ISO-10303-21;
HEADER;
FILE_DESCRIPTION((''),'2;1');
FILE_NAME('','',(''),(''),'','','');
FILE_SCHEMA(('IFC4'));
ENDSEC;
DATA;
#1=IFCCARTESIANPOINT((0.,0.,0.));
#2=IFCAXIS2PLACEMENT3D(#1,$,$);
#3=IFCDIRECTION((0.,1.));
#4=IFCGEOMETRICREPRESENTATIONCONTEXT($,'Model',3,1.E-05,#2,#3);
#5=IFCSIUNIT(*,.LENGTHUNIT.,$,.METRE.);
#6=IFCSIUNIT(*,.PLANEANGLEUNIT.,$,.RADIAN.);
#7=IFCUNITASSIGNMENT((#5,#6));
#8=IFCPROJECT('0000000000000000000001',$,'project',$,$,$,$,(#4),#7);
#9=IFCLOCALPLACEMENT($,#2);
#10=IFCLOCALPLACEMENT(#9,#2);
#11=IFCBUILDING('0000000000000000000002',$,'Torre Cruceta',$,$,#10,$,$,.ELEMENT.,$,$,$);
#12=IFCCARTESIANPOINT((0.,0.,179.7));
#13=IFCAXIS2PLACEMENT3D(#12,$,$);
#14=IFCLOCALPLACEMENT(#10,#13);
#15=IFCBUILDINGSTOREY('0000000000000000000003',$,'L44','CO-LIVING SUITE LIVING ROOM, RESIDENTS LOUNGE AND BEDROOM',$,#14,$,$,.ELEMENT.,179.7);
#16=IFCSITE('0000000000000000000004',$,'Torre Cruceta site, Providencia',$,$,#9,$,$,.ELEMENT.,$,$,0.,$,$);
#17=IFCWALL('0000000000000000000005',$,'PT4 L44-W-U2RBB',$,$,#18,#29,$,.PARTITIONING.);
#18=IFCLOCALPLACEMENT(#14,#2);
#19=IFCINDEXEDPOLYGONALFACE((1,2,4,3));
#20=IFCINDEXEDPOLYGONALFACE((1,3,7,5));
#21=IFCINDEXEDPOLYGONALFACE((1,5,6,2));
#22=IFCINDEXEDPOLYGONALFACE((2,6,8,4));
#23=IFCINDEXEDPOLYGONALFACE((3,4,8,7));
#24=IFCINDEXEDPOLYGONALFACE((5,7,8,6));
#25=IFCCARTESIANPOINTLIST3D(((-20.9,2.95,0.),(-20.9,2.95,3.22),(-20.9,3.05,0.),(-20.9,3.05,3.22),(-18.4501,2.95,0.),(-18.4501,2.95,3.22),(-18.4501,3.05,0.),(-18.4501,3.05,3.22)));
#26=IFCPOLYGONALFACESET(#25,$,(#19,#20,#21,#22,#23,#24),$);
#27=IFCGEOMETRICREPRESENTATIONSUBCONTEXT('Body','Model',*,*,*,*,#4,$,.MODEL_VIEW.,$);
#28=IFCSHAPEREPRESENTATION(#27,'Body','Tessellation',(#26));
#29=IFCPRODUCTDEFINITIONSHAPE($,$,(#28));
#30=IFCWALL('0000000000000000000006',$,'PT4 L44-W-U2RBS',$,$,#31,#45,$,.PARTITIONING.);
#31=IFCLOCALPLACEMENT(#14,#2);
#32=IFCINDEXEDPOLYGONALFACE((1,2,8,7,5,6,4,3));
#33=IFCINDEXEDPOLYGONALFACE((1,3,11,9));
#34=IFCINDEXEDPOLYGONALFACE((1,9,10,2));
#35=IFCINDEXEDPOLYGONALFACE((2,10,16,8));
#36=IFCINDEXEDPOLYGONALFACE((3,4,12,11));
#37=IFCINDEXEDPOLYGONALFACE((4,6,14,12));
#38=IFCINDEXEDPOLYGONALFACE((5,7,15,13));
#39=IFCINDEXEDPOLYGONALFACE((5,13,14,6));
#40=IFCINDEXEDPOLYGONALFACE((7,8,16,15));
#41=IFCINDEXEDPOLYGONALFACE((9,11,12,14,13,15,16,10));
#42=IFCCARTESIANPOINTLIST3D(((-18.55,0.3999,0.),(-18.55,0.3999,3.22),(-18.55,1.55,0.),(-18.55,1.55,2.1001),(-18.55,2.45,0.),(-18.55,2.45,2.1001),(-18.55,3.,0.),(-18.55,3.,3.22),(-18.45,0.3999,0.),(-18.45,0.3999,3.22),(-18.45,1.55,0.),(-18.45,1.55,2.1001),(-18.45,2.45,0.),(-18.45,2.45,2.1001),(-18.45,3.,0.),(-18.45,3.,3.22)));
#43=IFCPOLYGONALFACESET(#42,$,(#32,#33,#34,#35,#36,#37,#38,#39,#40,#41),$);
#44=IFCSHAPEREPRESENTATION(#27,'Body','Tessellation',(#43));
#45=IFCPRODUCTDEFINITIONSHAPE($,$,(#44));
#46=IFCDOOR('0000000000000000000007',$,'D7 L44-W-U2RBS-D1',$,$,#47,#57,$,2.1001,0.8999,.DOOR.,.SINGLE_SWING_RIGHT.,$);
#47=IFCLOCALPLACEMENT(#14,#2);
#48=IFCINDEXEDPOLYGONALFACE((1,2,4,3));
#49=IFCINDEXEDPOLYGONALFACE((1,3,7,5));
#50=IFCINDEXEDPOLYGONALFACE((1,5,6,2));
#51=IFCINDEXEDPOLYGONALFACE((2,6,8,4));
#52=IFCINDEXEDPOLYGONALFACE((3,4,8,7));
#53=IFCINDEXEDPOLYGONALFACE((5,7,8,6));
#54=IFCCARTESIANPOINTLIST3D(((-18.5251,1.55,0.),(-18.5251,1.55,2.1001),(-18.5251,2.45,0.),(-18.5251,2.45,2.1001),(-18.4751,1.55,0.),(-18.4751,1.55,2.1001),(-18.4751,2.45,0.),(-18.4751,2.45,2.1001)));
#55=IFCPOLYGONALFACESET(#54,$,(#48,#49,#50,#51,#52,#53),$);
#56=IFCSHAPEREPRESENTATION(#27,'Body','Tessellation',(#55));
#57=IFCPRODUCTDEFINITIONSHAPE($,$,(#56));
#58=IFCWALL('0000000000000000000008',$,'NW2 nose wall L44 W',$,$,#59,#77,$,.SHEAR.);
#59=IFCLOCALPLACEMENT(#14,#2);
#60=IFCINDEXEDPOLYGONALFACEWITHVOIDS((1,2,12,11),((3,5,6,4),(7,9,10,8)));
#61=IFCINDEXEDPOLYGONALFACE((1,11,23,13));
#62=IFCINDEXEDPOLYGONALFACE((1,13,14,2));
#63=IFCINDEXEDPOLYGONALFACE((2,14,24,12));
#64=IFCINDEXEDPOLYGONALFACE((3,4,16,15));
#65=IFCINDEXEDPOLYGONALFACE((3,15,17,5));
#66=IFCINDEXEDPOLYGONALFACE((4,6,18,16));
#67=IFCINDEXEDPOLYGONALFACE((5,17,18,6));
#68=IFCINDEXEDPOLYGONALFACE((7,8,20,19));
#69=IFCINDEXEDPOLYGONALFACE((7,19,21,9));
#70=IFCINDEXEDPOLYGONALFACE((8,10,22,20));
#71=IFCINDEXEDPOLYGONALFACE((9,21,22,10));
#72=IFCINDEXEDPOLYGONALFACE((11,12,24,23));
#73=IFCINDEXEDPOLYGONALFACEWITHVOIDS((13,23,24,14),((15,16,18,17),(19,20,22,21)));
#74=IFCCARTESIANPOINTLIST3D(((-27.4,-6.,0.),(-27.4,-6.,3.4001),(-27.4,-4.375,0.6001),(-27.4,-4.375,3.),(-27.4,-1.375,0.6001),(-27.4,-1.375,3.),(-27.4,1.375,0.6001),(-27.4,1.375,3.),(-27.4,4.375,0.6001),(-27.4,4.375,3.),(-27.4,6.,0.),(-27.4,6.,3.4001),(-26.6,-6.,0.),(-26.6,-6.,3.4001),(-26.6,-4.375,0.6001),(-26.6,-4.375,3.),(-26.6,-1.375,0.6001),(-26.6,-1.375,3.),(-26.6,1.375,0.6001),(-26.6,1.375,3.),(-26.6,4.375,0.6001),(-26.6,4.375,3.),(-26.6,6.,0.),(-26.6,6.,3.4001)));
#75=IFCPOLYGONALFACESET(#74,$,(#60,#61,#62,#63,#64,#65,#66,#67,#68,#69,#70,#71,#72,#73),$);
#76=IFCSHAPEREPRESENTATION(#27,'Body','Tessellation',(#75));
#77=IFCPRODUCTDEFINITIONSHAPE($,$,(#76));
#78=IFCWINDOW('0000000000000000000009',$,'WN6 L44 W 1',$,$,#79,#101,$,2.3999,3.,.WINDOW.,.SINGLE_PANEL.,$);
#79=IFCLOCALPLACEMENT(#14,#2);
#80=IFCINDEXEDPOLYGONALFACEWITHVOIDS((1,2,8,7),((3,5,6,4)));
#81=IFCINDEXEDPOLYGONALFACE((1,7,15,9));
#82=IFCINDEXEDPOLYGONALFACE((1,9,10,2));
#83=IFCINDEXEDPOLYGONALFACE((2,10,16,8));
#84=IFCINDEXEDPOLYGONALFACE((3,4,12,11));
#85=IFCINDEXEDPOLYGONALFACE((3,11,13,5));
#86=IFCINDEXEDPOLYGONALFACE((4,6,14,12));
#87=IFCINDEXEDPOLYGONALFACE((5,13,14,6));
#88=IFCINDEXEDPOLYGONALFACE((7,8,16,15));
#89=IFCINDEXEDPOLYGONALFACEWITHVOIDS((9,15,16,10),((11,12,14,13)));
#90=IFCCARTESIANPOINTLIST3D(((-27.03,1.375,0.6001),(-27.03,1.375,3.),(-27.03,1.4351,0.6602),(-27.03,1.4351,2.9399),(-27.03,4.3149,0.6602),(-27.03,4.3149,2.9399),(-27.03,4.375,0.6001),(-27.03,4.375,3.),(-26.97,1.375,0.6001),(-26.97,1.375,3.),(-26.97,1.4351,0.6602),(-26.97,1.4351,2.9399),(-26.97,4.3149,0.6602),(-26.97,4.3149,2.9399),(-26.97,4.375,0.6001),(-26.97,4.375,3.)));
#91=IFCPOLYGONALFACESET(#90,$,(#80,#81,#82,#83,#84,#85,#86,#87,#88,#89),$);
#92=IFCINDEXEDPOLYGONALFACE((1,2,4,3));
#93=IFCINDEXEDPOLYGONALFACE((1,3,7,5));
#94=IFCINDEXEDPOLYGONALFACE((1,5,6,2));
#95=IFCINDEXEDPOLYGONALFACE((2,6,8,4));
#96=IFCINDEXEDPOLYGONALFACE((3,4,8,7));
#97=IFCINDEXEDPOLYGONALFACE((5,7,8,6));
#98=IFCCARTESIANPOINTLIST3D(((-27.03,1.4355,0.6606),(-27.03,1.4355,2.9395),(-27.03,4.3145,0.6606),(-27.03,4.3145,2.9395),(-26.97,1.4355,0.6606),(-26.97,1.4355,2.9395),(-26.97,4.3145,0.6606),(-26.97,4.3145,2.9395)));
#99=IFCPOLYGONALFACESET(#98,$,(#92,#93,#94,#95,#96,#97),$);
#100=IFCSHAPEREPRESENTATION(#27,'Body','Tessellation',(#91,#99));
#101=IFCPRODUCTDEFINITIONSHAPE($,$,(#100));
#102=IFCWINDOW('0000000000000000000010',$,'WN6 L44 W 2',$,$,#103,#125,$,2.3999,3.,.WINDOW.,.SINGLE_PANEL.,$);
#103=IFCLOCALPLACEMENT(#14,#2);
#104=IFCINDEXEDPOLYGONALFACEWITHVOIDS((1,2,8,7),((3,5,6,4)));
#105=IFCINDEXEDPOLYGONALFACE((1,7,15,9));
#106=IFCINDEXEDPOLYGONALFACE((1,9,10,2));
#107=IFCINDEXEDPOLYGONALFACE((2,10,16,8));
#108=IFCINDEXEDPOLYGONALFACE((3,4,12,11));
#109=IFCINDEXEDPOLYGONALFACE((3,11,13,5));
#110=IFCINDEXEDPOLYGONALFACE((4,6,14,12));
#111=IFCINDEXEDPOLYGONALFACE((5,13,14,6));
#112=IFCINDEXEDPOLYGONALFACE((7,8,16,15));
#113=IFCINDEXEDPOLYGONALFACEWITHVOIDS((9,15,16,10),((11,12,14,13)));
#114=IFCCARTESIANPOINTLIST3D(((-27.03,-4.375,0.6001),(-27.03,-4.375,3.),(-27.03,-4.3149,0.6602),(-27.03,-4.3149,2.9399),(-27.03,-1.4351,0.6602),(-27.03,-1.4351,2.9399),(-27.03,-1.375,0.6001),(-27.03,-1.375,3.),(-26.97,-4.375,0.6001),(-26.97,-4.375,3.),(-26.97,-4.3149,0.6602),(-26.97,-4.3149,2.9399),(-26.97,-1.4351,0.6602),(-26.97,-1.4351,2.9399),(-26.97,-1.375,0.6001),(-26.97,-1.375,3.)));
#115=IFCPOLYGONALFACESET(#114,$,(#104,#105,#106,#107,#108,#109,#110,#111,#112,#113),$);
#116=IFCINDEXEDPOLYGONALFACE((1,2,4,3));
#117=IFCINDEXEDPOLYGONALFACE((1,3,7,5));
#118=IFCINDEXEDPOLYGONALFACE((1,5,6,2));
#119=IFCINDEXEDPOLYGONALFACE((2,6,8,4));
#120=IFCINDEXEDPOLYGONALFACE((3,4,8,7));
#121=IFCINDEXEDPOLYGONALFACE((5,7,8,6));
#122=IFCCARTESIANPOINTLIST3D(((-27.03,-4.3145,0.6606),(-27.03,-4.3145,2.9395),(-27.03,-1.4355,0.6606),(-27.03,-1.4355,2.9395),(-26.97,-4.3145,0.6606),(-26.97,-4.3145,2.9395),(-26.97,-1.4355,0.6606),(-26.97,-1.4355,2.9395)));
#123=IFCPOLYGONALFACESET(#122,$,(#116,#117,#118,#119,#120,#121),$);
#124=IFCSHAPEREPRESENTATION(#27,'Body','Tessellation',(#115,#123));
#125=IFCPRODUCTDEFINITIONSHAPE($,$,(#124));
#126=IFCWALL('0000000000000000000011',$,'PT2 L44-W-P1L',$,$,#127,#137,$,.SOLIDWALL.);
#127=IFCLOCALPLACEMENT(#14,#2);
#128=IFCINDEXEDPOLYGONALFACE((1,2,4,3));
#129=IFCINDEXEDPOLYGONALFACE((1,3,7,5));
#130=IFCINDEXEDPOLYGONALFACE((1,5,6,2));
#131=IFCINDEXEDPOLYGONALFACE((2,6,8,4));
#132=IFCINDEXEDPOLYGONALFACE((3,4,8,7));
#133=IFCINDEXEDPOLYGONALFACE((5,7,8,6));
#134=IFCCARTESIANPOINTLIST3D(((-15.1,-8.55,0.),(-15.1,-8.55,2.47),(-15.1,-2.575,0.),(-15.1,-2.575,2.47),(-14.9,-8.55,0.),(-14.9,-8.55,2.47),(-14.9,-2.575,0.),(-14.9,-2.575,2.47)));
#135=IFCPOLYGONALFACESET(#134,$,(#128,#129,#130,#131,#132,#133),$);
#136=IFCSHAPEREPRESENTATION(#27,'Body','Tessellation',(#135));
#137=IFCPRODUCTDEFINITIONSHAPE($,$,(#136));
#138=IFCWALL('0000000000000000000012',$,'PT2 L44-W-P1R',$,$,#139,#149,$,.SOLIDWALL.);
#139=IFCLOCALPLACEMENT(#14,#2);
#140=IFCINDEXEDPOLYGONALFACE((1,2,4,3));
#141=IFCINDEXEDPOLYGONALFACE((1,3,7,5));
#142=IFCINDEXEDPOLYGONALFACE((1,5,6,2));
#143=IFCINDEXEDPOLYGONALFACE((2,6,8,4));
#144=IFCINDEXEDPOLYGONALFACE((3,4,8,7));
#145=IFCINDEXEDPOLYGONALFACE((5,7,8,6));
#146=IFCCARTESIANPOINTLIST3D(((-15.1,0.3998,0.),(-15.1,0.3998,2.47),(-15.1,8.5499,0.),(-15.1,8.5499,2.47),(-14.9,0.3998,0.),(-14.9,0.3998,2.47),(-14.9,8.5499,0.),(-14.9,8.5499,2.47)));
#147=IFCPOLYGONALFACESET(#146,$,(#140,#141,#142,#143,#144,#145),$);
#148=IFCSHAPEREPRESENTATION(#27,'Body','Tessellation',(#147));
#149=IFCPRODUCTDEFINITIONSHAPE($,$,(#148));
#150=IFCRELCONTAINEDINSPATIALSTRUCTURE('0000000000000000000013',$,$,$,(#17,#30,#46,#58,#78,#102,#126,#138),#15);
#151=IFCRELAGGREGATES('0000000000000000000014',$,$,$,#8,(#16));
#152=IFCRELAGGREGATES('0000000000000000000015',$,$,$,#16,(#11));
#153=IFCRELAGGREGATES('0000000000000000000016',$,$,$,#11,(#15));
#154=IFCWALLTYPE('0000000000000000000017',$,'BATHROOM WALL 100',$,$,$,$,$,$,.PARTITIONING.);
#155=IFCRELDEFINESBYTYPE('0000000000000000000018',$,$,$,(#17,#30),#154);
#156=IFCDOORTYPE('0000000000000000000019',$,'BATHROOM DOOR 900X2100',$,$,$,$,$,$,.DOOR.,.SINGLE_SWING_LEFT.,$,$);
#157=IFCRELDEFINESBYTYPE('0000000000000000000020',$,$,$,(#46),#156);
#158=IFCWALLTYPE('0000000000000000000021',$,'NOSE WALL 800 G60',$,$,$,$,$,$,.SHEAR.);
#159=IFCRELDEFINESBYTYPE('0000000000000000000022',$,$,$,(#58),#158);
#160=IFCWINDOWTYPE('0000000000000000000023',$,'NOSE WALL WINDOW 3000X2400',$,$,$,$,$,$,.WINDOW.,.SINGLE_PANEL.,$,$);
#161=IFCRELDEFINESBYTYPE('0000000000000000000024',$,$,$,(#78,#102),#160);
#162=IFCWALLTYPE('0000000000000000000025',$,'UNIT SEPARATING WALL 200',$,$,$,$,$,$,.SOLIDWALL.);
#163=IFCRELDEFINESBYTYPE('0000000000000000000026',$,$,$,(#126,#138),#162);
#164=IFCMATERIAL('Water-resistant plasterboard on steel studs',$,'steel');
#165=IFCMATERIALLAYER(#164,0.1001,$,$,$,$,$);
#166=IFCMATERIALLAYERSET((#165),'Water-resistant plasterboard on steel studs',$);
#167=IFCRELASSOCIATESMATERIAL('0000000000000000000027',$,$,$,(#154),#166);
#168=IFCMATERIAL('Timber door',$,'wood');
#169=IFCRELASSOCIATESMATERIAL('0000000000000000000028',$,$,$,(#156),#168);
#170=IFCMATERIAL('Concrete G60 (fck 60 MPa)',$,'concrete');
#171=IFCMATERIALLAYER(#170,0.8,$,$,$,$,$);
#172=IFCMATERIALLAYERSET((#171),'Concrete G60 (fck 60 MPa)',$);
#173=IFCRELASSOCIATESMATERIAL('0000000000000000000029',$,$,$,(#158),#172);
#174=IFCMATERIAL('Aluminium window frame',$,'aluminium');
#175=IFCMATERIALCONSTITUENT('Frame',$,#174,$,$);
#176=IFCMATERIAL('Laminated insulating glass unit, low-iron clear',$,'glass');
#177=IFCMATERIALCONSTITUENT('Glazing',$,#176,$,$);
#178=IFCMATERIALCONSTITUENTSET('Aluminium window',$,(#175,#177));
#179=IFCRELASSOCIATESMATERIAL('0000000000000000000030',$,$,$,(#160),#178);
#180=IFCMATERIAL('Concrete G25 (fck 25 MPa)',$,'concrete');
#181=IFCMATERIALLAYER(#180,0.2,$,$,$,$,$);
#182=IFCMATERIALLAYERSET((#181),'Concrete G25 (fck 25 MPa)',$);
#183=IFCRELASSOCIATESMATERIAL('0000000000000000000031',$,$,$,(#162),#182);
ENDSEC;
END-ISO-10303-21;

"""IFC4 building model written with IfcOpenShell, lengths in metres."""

from ifc_helpers import new_model, si_unit, direction, frame, frame_2d, origin, place, context, subcontext, project, spatial, rectangle, hollow_rectangle, extrude, material, layer, layer_set, constituent, constituent_set, type_object, element, fill, save


model = new_model("IFC4")

# Units and contexts
model_context = context("Model", 3, precision=1e-05, world=origin(), true_north=direction((0.0, 1.0)))
body_context = subcontext(model_context, "Body", "Model", "MODEL_VIEW")
ifc_project = project(units=[si_unit("LENGTHUNIT", "METRE"), si_unit("PLANEANGLEUNIT", "RADIAN")], contexts=[model_context])

# Site, building, storey
site_placement = place(None, origin())
site = spatial("IfcSite", under=ifc_project, at=site_placement, Name="Torre Cruceta site, Providencia", CompositionType="ELEMENT", RefElevation=0.0)
building_placement = place(site_placement, origin())
building = spatial("IfcBuilding", under=site, at=building_placement, Name="Torre Cruceta", CompositionType="ELEMENT")
storey_placement = place(building_placement, frame((0.0, 0.0, 179.7)))
storey = spatial("IfcBuildingStorey", under=building, at=storey_placement, Name="L44", Description="CO-LIVING SUITE LIVING ROOM, RESIDENTS LOUNGE AND BEDROOM", CompositionType="ELEMENT", Elevation=179.7)

# Wall
ifc_material_1 = material(Name="Water-resistant plasterboard on steel studs", Category="steel")
ifc_layer_1 = layer(ifc_material_1, 0.1001)
ifc_layer_set_1 = layer_set([ifc_layer_1], Name="Water-resistant plasterboard on steel studs")
wall_type_1 = type_object("IfcWallType", Name="BATHROOM WALL 100", PredefinedType="PARTITIONING", material=ifc_layer_set_1)
wall_1_placement = place(storey_placement, frame((-18.45, 3.0, 0.0), z_axis=(0.0, 0.0, 1.0), x_axis=(-1.0, 0.0, 0.0)))
element("IfcWall", 1, at=wall_1_placement, inside=storey, type_object=wall_type_1, Name="PT4 L44-W-U2RBB", PredefinedType="PARTITIONING", context=body_context, shape_type="SweptSolid", body=[
    extrude(rectangle(XDim=2.45, YDim=0.1001, at=frame_2d((1.2251, 0.0))), origin(), (0.0, 0.0, 1.0), 3.22),
])

# Wall, opening, door
wall_2_placement = place(storey_placement, frame((-18.5, 3.0, 0.0), z_axis=(0.0, 0.0, 1.0), x_axis=(0.0, -1.0, 0.0)))
wall_2 = element("IfcWall", 2, at=wall_2_placement, inside=storey, type_object=wall_type_1, Name="PT4 L44-W-U2RBS", PredefinedType="PARTITIONING", context=body_context, shape_type="SweptSolid", body=[
    extrude(rectangle(XDim=2.6001, YDim=0.1001, at=frame_2d((1.3, 0.0))), origin(), (0.0, 0.0, 1.0), 3.22),
])
opening_1_placement = place(wall_2_placement, frame((0.55, 0.0, 0.0)))
opening_1 = element("IfcOpeningElement", 3, at=opening_1_placement, cuts=wall_2, PredefinedType="OPENING", context=body_context, shape_type="SweptSolid", body=[
    extrude(rectangle(XDim=0.8999, YDim=2.1001, at=frame_2d((0.45, 1.05))), frame((0.0, 0.0601, 0.0), z_axis=(0.0, -1.0, 0.0), x_axis=(1.0, 0.0, 0.0)), (0.0, 0.0, 1.0), 0.1201),
])
ifc_material_2 = material(Name="Timber door", Category="wood")
door_type_1 = type_object("IfcDoorType", Name="BATHROOM DOOR 900X2100", OperationType="SINGLE_SWING_LEFT", PredefinedType="DOOR", material=ifc_material_2)
door_1_placement = place(opening_1_placement, frame((0.8999, 0.0, 0.0), z_axis=(0.0, 0.0, 1.0), x_axis=(-1.0, 0.0, 0.0)))
door_1 = element("IfcDoor", 4, at=door_1_placement, inside=storey, type_object=door_type_1, Name="D7 L44-W-U2RBS-D1", OperationType="SINGLE_SWING_RIGHT", OverallHeight=2.1001, OverallWidth=0.8999, PredefinedType="DOOR", context=body_context, shape_type="SweptSolid", body=[
    extrude(rectangle(XDim=0.8999, YDim=2.1001, at=frame_2d((0.45, 1.05))), frame((0.0, 0.0251, 0.0), z_axis=(0.0, -1.0, 0.0), x_axis=(1.0, 0.0, 0.0)), (0.0, 0.0, 1.0), 0.05),
])
fill(opening_1, door_1)

# Wall, openings, windows
ifc_material_3 = material(Name="Concrete G60 (fck 60 MPa)", Category="concrete")
ifc_layer_2 = layer(ifc_material_3, 0.8)
ifc_layer_set_2 = layer_set([ifc_layer_2], Name="Concrete G60 (fck 60 MPa)")
wall_type_2 = type_object("IfcWallType", Name="NOSE WALL 800 G60", PredefinedType="SHEAR", material=ifc_layer_set_2)
wall_3_placement = place(storey_placement, frame((-27.0, 6.0, 0.0), z_axis=(0.0, 0.0, 1.0), x_axis=(0.0, -1.0, 0.0)))
wall_3 = element("IfcWall", 5, at=wall_3_placement, inside=storey, type_object=wall_type_2, Name="NW2 nose wall L44 W", PredefinedType="SHEAR", context=body_context, shape_type="SweptSolid", body=[
    extrude(rectangle(XDim=12.0, YDim=0.8, at=frame_2d((6.0, 0.0))), origin(), (0.0, 0.0, 1.0), 3.4001),
])
opening_2_placement = place(wall_3_placement, frame((1.625, 0.0, 0.6001)))
opening_2 = element("IfcOpeningElement", 6, at=opening_2_placement, cuts=wall_3, PredefinedType="OPENING", context=body_context, shape_type="SweptSolid", body=[
    extrude(rectangle(XDim=3.0, YDim=2.3999, at=frame_2d((1.5, 1.2))), frame((0.0, 0.4099, 0.0), z_axis=(0.0, -1.0, 0.0), x_axis=(1.0, 0.0, 0.0)), (0.0, 0.0, 1.0), 0.8201),
])
opening_3_placement = place(wall_3_placement, frame((7.375, 0.0, 0.6001)))
opening_3 = element("IfcOpeningElement", 7, at=opening_3_placement, cuts=wall_3, PredefinedType="OPENING", context=body_context, shape_type="SweptSolid", body=[
    extrude(rectangle(XDim=3.0, YDim=2.3999, at=frame_2d((1.5, 1.2))), frame((0.0, 0.4099, 0.0), z_axis=(0.0, -1.0, 0.0), x_axis=(1.0, 0.0, 0.0)), (0.0, 0.0, 1.0), 0.8201),
])
ifc_material_4 = material(Name="Aluminium window frame", Category="aluminium")
ifc_constituent_1 = constituent(ifc_material_4, Name="Frame")
ifc_material_5 = material(Name="Laminated insulating glass unit, low-iron clear", Category="glass")
ifc_constituent_2 = constituent(ifc_material_5, Name="Glazing")
ifc_constituent_set_1 = constituent_set(constituents=[ifc_constituent_1, ifc_constituent_2], Name="Aluminium window")
window_type = type_object("IfcWindowType", Name="NOSE WALL WINDOW 3000X2400", PartitioningType="SINGLE_PANEL", PredefinedType="WINDOW", material=ifc_constituent_set_1)
window_1_placement = place(opening_2_placement, origin())
window_1 = element("IfcWindow", 8, at=window_1_placement, inside=storey, type_object=window_type, Name="WN6 L44 W 1", OverallHeight=2.3999, OverallWidth=3.0, PartitioningType="SINGLE_PANEL", PredefinedType="WINDOW", context=body_context, shape_type="SweptSolid", body=[
    extrude(hollow_rectangle(XDim=3.0, YDim=2.3999, WallThickness=0.0601, at=frame_2d((1.5, 1.2))), frame((0.0, 0.03, 0.0), z_axis=(0.0, -1.0, 0.0), x_axis=(1.0, 0.0, 0.0)), (0.0, 0.0, 1.0), 0.0601),
    extrude(rectangle(XDim=2.8789, YDim=2.2788, at=frame_2d((1.5, 1.2))), frame((0.0, 0.03, 0.0), z_axis=(0.0, -1.0, 0.0), x_axis=(1.0, 0.0, 0.0)), (0.0, 0.0, 1.0), 0.0601),
])
fill(opening_2, window_1)
window_2_placement = place(opening_3_placement, origin())
window_2 = element("IfcWindow", 9, at=window_2_placement, inside=storey, type_object=window_type, Name="WN6 L44 W 2", OverallHeight=2.3999, OverallWidth=3.0, PartitioningType="SINGLE_PANEL", PredefinedType="WINDOW", context=body_context, shape_type="SweptSolid", body=[
    extrude(hollow_rectangle(XDim=3.0, YDim=2.3999, WallThickness=0.0601, at=frame_2d((1.5, 1.2))), frame((0.0, 0.03, 0.0), z_axis=(0.0, -1.0, 0.0), x_axis=(1.0, 0.0, 0.0)), (0.0, 0.0, 1.0), 0.0601),
    extrude(rectangle(XDim=2.8789, YDim=2.2788, at=frame_2d((1.5, 1.2))), frame((0.0, 0.03, 0.0), z_axis=(0.0, -1.0, 0.0), x_axis=(1.0, 0.0, 0.0)), (0.0, 0.0, 1.0), 0.0601),
])
fill(opening_3, window_2)

# Walls
ifc_material_6 = material(Name="Concrete G25 (fck 25 MPa)", Category="concrete")
ifc_layer_3 = layer(ifc_material_6, 0.2)
ifc_layer_set_3 = layer_set([ifc_layer_3], Name="Concrete G25 (fck 25 MPa)")
wall_type_3 = type_object("IfcWallType", Name="UNIT SEPARATING WALL 200", PredefinedType="SOLIDWALL", material=ifc_layer_set_3)
wall_4_placement = place(storey_placement, frame((-15.0, -2.575, 0.0), z_axis=(0.0, 0.0, 1.0), x_axis=(0.0, -1.0, 0.0)))
element("IfcWall", 10, at=wall_4_placement, inside=storey, type_object=wall_type_3, Name="PT2 L44-W-P1L", PredefinedType="SOLIDWALL", context=body_context, shape_type="SweptSolid", body=[
    extrude(rectangle(XDim=5.9751, YDim=0.2, at=frame_2d((2.9875, 0.0))), origin(), (0.0, 0.0, 1.0), 2.47),
])
wall_5_placement = place(storey_placement, frame((-15.0, 8.55, 0.0), z_axis=(0.0, 0.0, 1.0), x_axis=(0.0, -1.0, 0.0)))
element("IfcWall", 11, at=wall_5_placement, inside=storey, type_object=wall_type_3, Name="PT2 L44-W-P1R", PredefinedType="SOLIDWALL", context=body_context, shape_type="SweptSolid", body=[
    extrude(rectangle(XDim=8.1501, YDim=0.2, at=frame_2d((4.0752, 0.0))), origin(), (0.0, 0.0, 1.0), 2.47),
])

save(model, "model.ifc")
